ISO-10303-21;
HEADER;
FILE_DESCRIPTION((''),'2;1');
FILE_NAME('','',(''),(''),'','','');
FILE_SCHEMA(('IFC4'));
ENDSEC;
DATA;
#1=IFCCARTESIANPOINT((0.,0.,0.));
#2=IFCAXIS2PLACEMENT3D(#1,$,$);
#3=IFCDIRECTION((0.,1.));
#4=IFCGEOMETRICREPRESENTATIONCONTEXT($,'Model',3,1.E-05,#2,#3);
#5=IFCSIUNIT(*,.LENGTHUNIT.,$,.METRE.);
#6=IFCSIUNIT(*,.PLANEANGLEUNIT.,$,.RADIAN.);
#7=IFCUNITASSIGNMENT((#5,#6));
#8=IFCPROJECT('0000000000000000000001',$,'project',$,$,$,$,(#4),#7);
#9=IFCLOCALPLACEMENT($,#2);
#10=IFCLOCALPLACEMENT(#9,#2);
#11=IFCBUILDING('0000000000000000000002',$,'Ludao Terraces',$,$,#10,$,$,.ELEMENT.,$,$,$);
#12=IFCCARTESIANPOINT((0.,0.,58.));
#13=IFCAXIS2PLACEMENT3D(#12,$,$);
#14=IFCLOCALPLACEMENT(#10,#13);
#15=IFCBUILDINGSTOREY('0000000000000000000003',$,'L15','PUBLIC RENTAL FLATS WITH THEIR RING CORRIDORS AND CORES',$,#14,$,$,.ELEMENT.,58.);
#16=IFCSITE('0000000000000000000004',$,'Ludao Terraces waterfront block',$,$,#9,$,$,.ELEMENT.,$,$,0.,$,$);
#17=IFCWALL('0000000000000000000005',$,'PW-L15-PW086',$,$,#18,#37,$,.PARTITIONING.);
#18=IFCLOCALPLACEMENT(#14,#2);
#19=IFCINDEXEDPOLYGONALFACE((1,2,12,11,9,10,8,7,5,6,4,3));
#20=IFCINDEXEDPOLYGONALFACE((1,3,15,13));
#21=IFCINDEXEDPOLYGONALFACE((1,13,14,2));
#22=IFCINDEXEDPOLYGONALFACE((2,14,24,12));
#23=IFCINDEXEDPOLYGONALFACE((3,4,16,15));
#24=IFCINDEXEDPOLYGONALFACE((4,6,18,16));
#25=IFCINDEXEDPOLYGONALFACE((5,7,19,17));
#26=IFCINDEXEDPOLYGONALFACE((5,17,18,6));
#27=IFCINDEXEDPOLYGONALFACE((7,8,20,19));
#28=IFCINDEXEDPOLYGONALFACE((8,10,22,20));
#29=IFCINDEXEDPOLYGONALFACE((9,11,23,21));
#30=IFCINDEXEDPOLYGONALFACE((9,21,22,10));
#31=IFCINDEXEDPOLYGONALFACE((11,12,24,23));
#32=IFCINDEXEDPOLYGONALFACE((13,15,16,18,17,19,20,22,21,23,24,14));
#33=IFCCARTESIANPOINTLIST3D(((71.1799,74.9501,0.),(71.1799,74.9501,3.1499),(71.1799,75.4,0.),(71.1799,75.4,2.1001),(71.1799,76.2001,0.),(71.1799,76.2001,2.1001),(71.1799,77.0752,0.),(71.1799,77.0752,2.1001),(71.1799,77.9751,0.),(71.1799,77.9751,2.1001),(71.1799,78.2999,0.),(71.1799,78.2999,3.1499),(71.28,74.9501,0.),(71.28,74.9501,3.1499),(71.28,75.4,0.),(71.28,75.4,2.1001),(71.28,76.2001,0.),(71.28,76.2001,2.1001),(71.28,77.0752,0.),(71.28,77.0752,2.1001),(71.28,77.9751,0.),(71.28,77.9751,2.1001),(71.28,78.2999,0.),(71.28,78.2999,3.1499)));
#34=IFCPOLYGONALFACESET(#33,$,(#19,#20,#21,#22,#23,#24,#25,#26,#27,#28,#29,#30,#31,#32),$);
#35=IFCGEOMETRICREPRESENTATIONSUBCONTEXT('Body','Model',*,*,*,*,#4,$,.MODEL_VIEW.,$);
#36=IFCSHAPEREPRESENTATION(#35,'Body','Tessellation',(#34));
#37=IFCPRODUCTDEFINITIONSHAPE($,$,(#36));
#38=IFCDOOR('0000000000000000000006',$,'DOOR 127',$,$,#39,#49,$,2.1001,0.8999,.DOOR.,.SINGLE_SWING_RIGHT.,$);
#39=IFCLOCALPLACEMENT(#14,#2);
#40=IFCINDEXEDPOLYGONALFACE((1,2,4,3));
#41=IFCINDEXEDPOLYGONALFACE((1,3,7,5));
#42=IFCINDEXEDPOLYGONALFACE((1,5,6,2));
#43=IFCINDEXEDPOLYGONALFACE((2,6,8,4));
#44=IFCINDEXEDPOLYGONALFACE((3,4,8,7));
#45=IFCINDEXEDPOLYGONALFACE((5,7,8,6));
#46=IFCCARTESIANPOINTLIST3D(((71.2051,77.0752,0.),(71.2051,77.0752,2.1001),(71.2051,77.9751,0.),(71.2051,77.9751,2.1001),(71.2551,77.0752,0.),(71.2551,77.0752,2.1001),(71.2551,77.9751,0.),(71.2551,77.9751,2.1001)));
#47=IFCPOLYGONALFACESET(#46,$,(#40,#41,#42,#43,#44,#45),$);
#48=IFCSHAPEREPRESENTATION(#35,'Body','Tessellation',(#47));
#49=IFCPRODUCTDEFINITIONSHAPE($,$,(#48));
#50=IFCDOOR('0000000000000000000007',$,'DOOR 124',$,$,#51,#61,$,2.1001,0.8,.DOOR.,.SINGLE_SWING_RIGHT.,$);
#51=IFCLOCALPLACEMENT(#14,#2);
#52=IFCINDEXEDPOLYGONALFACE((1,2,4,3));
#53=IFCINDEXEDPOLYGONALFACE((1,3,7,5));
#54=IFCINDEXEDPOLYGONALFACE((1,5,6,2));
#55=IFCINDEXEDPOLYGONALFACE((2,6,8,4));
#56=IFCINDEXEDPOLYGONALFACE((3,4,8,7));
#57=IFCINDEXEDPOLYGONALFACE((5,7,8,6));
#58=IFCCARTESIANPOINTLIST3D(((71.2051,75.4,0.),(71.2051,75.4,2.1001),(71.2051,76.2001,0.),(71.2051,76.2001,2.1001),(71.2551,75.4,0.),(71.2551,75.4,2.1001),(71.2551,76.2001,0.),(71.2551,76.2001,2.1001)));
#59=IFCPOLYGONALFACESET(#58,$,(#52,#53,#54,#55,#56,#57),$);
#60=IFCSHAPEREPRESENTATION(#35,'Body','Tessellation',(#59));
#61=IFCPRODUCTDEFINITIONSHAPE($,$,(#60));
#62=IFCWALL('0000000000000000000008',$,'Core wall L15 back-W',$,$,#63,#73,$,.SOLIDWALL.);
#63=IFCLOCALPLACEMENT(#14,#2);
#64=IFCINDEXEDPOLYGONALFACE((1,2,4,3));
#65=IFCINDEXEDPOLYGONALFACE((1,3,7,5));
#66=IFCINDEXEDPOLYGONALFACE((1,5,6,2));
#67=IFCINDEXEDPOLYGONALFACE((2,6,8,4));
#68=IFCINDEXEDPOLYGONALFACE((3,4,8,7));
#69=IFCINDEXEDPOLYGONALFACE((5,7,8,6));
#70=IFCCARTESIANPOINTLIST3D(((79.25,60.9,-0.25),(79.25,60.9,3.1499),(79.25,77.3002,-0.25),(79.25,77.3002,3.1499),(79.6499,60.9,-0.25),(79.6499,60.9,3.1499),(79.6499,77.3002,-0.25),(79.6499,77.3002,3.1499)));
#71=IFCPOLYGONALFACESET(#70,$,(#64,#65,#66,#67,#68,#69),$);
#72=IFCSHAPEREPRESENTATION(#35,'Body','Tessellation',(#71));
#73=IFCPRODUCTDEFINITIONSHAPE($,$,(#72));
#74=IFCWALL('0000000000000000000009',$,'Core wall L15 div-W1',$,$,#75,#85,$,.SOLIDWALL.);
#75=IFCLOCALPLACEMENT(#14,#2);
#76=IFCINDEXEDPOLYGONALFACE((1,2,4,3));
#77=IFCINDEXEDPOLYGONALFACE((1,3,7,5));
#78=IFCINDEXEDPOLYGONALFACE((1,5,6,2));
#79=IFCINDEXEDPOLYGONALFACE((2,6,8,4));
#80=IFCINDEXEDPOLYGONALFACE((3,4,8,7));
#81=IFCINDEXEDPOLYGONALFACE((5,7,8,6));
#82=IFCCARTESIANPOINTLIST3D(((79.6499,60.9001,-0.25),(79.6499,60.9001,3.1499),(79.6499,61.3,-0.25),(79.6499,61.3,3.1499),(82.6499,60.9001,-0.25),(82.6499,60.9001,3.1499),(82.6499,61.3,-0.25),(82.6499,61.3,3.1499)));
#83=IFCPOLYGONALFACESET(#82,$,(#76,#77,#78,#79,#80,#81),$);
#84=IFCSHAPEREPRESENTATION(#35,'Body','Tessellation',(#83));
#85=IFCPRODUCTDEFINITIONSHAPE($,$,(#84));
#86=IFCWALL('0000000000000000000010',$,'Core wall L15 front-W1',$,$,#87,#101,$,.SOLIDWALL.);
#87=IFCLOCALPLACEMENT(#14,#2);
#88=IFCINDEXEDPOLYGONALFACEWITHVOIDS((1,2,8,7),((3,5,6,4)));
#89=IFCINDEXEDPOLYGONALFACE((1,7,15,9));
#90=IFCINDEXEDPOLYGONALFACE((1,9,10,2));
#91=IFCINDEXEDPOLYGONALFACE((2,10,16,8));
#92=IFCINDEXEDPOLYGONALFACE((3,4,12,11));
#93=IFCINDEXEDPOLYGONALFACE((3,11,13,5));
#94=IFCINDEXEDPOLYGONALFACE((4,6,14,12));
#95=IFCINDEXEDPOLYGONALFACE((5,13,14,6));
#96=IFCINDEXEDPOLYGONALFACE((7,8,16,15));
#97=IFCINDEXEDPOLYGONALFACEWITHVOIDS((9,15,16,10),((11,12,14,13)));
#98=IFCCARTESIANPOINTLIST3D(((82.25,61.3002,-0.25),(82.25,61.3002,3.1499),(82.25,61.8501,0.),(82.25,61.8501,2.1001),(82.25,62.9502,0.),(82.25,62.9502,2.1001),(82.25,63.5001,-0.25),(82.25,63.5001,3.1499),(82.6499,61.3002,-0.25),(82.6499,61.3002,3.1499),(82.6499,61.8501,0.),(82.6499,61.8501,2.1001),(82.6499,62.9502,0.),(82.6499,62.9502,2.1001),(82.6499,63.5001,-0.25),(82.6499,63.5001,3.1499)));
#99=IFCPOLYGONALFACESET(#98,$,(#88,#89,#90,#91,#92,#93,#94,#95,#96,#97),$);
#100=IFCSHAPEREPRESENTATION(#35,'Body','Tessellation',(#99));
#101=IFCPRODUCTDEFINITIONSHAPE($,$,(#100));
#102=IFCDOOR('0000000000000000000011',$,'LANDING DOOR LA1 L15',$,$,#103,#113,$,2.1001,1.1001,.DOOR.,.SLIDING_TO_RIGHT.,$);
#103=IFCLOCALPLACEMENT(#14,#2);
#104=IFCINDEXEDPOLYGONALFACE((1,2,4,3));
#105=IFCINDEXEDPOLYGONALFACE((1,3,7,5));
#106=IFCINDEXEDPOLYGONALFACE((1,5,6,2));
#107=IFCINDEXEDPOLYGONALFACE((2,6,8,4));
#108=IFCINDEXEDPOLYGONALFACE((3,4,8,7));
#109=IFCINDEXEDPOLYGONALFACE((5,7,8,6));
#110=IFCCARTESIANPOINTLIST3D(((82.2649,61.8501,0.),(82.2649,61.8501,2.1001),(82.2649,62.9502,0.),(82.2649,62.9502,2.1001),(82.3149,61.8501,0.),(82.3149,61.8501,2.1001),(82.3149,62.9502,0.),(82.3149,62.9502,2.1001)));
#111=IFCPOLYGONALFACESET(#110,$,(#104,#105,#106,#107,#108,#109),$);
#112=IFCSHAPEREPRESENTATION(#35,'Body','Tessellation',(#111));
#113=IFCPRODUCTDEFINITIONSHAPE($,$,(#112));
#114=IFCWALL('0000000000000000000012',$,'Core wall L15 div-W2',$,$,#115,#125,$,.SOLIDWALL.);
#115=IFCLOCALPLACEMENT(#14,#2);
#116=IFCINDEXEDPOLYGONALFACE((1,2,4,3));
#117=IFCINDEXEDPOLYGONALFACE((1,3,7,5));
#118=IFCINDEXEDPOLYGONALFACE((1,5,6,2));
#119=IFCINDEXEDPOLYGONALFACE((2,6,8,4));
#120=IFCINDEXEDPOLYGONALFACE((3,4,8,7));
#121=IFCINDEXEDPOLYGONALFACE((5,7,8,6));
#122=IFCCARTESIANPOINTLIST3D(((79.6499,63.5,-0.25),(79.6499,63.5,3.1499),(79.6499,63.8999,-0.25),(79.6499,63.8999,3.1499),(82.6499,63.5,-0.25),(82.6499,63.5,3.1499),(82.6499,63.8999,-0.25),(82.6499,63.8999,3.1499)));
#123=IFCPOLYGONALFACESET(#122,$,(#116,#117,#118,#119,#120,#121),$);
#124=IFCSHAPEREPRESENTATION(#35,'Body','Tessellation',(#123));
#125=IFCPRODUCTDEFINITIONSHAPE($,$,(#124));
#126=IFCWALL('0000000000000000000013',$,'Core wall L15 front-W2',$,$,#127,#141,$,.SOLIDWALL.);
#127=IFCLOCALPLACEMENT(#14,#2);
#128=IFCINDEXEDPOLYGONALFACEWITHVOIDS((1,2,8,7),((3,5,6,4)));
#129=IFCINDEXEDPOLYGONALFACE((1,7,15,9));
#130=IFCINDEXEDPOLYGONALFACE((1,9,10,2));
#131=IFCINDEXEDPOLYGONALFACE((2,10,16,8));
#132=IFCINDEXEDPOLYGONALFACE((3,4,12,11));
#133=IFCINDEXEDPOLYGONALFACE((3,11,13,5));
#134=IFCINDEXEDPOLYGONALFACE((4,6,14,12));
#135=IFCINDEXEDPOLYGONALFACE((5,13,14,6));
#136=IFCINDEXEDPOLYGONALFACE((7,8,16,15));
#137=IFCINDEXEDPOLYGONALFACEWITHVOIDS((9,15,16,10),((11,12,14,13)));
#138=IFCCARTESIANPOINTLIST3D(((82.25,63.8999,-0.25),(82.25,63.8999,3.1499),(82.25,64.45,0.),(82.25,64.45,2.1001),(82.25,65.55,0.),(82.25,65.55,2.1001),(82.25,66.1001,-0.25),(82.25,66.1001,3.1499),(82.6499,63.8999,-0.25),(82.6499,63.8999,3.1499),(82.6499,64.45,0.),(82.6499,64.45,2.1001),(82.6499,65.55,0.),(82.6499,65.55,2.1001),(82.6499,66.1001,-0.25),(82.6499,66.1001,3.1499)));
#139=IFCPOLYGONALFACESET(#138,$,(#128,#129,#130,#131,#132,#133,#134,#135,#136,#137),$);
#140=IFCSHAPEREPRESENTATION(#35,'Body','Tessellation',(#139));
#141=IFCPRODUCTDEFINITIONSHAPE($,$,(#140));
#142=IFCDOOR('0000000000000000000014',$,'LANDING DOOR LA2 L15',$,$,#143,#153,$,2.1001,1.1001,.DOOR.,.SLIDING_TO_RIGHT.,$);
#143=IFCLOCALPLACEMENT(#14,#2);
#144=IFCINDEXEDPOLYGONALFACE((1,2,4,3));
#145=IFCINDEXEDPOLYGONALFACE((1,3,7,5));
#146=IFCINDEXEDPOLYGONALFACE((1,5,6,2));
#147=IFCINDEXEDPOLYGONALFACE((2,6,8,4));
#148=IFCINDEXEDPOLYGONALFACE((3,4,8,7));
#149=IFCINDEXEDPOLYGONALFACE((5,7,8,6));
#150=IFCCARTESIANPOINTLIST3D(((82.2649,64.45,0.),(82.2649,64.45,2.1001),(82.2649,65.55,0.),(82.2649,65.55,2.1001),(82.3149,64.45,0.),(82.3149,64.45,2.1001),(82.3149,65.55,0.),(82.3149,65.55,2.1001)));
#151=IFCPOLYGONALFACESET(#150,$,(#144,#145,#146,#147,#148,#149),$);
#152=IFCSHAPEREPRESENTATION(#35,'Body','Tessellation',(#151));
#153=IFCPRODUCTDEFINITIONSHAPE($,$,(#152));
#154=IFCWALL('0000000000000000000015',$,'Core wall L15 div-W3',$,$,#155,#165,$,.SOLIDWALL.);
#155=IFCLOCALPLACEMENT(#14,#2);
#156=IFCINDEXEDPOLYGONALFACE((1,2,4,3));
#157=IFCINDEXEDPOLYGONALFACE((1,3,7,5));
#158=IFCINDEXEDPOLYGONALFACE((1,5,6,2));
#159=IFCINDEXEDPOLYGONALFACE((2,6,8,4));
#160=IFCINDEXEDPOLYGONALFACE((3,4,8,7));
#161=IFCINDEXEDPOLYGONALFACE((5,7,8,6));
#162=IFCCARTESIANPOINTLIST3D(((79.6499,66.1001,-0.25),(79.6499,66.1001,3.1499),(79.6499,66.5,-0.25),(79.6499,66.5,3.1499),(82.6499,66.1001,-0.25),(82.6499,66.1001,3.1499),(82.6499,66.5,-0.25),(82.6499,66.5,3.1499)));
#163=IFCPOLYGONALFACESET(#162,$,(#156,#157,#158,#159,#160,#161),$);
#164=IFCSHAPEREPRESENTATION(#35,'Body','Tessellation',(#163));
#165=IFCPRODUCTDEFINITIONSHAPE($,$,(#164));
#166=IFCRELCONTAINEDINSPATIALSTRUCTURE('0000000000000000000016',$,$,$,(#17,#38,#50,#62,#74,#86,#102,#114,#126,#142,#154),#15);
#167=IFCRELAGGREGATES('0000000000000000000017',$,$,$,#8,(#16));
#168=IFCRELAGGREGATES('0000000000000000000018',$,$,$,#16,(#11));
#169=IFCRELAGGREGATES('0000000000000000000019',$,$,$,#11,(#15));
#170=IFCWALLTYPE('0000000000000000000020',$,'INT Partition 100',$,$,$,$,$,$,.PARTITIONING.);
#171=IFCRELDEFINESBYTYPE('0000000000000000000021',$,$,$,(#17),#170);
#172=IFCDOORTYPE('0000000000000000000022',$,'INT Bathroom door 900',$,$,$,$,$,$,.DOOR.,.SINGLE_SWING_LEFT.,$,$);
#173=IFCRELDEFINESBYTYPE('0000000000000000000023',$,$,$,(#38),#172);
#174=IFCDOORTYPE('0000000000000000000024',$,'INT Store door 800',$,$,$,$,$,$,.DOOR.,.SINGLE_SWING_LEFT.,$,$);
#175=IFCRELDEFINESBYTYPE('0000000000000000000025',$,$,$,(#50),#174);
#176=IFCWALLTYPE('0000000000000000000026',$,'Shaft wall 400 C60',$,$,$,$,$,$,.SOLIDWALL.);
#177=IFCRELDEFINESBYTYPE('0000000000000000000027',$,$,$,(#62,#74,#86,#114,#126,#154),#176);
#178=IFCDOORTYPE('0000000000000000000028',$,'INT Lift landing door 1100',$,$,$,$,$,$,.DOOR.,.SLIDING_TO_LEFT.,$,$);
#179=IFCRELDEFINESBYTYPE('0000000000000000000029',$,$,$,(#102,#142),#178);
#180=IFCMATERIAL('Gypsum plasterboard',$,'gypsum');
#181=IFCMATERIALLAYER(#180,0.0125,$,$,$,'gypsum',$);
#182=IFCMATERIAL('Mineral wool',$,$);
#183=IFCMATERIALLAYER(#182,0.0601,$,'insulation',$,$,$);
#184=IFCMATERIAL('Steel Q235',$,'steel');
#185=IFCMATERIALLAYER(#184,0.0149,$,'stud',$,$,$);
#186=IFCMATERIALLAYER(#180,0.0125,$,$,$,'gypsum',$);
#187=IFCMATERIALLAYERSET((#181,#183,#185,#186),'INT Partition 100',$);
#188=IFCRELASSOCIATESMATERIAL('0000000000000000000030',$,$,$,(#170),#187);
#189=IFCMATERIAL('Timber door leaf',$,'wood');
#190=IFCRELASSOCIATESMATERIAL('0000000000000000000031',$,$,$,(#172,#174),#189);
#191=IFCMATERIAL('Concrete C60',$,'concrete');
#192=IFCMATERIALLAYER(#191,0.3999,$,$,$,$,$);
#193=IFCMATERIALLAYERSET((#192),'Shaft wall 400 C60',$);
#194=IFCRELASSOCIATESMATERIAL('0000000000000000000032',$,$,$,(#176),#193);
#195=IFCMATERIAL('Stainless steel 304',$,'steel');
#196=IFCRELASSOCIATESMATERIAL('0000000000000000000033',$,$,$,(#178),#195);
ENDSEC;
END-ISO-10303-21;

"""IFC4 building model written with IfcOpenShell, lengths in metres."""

from ifc_helpers import new_model, si_unit, direction, frame, frame_2d, origin, place, context, subcontext, project, spatial, rectangle, extrude, material, layer, layer_set, type_object, element, fill, save


model = new_model("IFC4")

# Units and contexts
model_context = context("Model", 3, precision=1e-05, world=origin(), true_north=direction((0.0, 1.0)))
body_context = subcontext(model_context, "Body", "Model", "MODEL_VIEW")
ifc_project = project(units=[si_unit("LENGTHUNIT", "METRE"), si_unit("PLANEANGLEUNIT", "RADIAN")], contexts=[model_context])

# Site, building, storey
site_placement = place(None, origin())
site = spatial("IfcSite", under=ifc_project, at=site_placement, Name="Ludao Terraces waterfront block", CompositionType="ELEMENT", RefElevation=0.0)
building_placement = place(site_placement, origin())
building = spatial("IfcBuilding", under=site, at=building_placement, Name="Ludao Terraces", CompositionType="ELEMENT")
storey_placement = place(building_placement, frame((0.0, 0.0, 58.0)))
storey = spatial("IfcBuildingStorey", under=building, at=storey_placement, Name="L15", Description="PUBLIC RENTAL FLATS WITH THEIR RING CORRIDORS AND CORES", CompositionType="ELEMENT", Elevation=58.0)

# Shared definitions
ifc_material_1 = material(Name="Steel Q235", Category="steel")

# Shared definitions
ifc_material_2 = material(Name="Mineral wool")
ifc_material_3 = material(Name="Gypsum plasterboard", Category="gypsum")
ifc_layer_1 = layer(ifc_material_3, 0.0125, Category="gypsum")
ifc_layer_2 = layer(ifc_material_2, 0.0601, Name="insulation")
ifc_layer_3 = layer(ifc_material_1, 0.0149, Name="stud")
ifc_layer_4 = layer(ifc_material_3, 0.0125, Category="gypsum")
ifc_layer_set_1 = layer_set([ifc_layer_1, ifc_layer_2, ifc_layer_3, ifc_layer_4], Name="INT Partition 100")
wall_type_1 = type_object("IfcWallType", Name="INT Partition 100", PredefinedType="PARTITIONING", material=ifc_layer_set_1)

# Wall, openings, doors
wall_1_placement = place(storey_placement, frame((71.23, 74.9502, 0.0), z_axis=(0.0, 0.0, 1.0), x_axis=(0.0, 1.0, 0.0)))
wall_1 = element("IfcWall", 1, at=wall_1_placement, inside=storey, type_object=wall_type_1, Name="PW-L15-PW086", PredefinedType="PARTITIONING", context=body_context, shape_type="SweptSolid", body=[
    extrude(rectangle(XDim=3.3499, YDim=0.1001, at=frame_2d((1.6748, 0.0))), origin(), (0.0, 0.0, 1.0), 3.1499),
])
opening_1_placement = place(wall_1_placement, frame((0.45, 0.0, 0.0)))
opening_1 = element("IfcOpeningElement", 2, at=opening_1_placement, cuts=wall_1, PredefinedType="OPENING", context=body_context, shape_type="SweptSolid", body=[
    extrude(rectangle(XDim=0.8, YDim=2.1001, at=frame_2d((0.3999, 1.05))), frame((0.0, 0.0601, 0.0), z_axis=(0.0, -1.0, 0.0), x_axis=(1.0, 0.0, 0.0)), (0.0, 0.0, 1.0), 0.1201),
])
opening_2_placement = place(wall_1_placement, frame((2.125, 0.0, 0.0)))
opening_2 = element("IfcOpeningElement", 3, at=opening_2_placement, cuts=wall_1, PredefinedType="OPENING", context=body_context, shape_type="SweptSolid", body=[
    extrude(rectangle(XDim=0.8999, YDim=2.1001, at=frame_2d((0.45, 1.05))), frame((0.0, 0.0601, 0.0), z_axis=(0.0, -1.0, 0.0), x_axis=(1.0, 0.0, 0.0)), (0.0, 0.0, 1.0), 0.1201),
])
ifc_material_4 = material(Name="Timber door leaf", Category="wood")
door_type_1 = type_object("IfcDoorType", Name="INT Bathroom door 900", OperationType="SINGLE_SWING_LEFT", PredefinedType="DOOR", material=ifc_material_4)
door_1_placement = place(opening_2_placement, origin())
door_1 = element("IfcDoor", 4, at=door_1_placement, inside=storey, type_object=door_type_1, Name="DOOR 127", OperationType="SINGLE_SWING_RIGHT", OverallHeight=2.1001, OverallWidth=0.8999, PredefinedType="DOOR", context=body_context, shape_type="SweptSolid", body=[
    extrude(rectangle(XDim=0.8999, YDim=2.1001, at=frame_2d((0.45, 1.05))), frame((0.0, 0.0249, 0.0), z_axis=(0.0, -1.0, 0.0), x_axis=(1.0, 0.0, 0.0)), (0.0, 0.0, 1.0), 0.05),
])
fill(opening_2, door_1)
door_type_2 = type_object("IfcDoorType", Name="INT Store door 800", OperationType="SINGLE_SWING_LEFT", PredefinedType="DOOR", material=ifc_material_4)
door_2_placement = place(opening_1_placement, origin())
door_2 = element("IfcDoor", 5, at=door_2_placement, inside=storey, type_object=door_type_2, Name="DOOR 124", OperationType="SINGLE_SWING_RIGHT", OverallHeight=2.1001, OverallWidth=0.8, PredefinedType="DOOR", context=body_context, shape_type="SweptSolid", body=[
    extrude(rectangle(XDim=0.8, YDim=2.1001, at=frame_2d((0.3999, 1.05))), frame((0.0, 0.0249, 0.0), z_axis=(0.0, -1.0, 0.0), x_axis=(1.0, 0.0, 0.0)), (0.0, 0.0, 1.0), 0.05),
])
fill(opening_1, door_2)

# Walls
ifc_material_5 = material(Name="Concrete C60", Category="concrete")
ifc_layer_5 = layer(ifc_material_5, 0.3999)
ifc_layer_set_2 = layer_set([ifc_layer_5], Name="Shaft wall 400 C60")
wall_type_2 = type_object("IfcWallType", Name="Shaft wall 400 C60", PredefinedType="SOLIDWALL", material=ifc_layer_set_2)
wall_2_placement = place(storey_placement, frame((79.45, 60.8999, -0.25), z_axis=(0.0, 0.0, 1.0), x_axis=(0.0, 1.0, 0.0)))
element("IfcWall", 6, at=wall_2_placement, inside=storey, type_object=wall_type_2, Name="Core wall L15 back-W", PredefinedType="SOLIDWALL", context=body_context, shape_type="SweptSolid", body=[
    extrude(rectangle(XDim=16.4001, YDim=0.3999, at=frame_2d((8.2002, 0.0))), origin(), (0.0, 0.0, 1.0), 3.3999),
])
wall_3_placement = place(storey_placement, frame((79.6499, 61.1001, -0.25), z_axis=(0.0, 0.0, 1.0), x_axis=(1.0, 0.0, 0.0)))
element("IfcWall", 7, at=wall_3_placement, inside=storey, type_object=wall_type_2, Name="Core wall L15 div-W1", PredefinedType="SOLIDWALL", context=body_context, shape_type="SweptSolid", body=[
    extrude(rectangle(XDim=3.0, YDim=0.3999, at=frame_2d((1.5, 0.0))), origin(), (0.0, 0.0, 1.0), 3.3999),
])

# Wall, opening, door
wall_4_placement = place(storey_placement, frame((82.45, 61.3, -0.25), z_axis=(0.0, 0.0, 1.0), x_axis=(0.0, 1.0, 0.0)))
wall_4 = element("IfcWall", 8, at=wall_4_placement, inside=storey, type_object=wall_type_2, Name="Core wall L15 front-W1", PredefinedType="SOLIDWALL", context=body_context, shape_type="SweptSolid", body=[
    extrude(rectangle(XDim=2.2, YDim=0.3999, at=frame_2d((1.1001, 0.0))), origin(), (0.0, 0.0, 1.0), 3.3999),
])
opening_3_placement = place(wall_4_placement, frame((0.55, 0.0, 0.25)))
opening_3 = element("IfcOpeningElement", 9, at=opening_3_placement, cuts=wall_4, PredefinedType="OPENING", context=body_context, shape_type="SweptSolid", body=[
    extrude(rectangle(XDim=1.1001, YDim=2.1001, at=frame_2d((0.55, 1.05))), frame((0.0, 0.21, 0.0), z_axis=(0.0, -1.0, 0.0), x_axis=(1.0, 0.0, 0.0)), (0.0, 0.0, 1.0), 0.4199),
])
ifc_material_6 = material(Name="Stainless steel 304", Category="steel")
door_type_3 = type_object("IfcDoorType", Name="INT Lift landing door 1100", OperationType="SLIDING_TO_LEFT", PredefinedType="DOOR", material=ifc_material_6)
door_3_placement = place(opening_3_placement, origin())
door_3 = element("IfcDoor", 10, at=door_3_placement, inside=storey, type_object=door_type_3, Name="LANDING DOOR LA1 L15", OperationType="SLIDING_TO_RIGHT", OverallHeight=2.1001, OverallWidth=1.1001, PredefinedType="DOOR", context=body_context, shape_type="SweptSolid", body=[
    extrude(rectangle(XDim=1.1001, YDim=2.1001, at=frame_2d((0.55, 1.05))), frame((0.0, 0.1851, 0.0), z_axis=(0.0, -1.0, 0.0), x_axis=(1.0, 0.0, 0.0)), (0.0, 0.0, 1.0), 0.05),
])
fill(opening_3, door_3)

# Wall
wall_5_placement = place(storey_placement, frame((79.6499, 63.7, -0.25), z_axis=(0.0, 0.0, 1.0), x_axis=(1.0, 0.0, 0.0)))
element("IfcWall", 11, at=wall_5_placement, inside=storey, type_object=wall_type_2, Name="Core wall L15 div-W2", PredefinedType="SOLIDWALL", context=body_context, shape_type="SweptSolid", body=[
    extrude(rectangle(XDim=3.0, YDim=0.3999, at=frame_2d((1.5, 0.0))), origin(), (0.0, 0.0, 1.0), 3.3999),
])

# Wall, opening, door
wall_6_placement = place(storey_placement, frame((82.45, 63.8999, -0.25), z_axis=(0.0, 0.0, 1.0), x_axis=(0.0, 1.0, 0.0)))
wall_6 = element("IfcWall", 12, at=wall_6_placement, inside=storey, type_object=wall_type_2, Name="Core wall L15 front-W2", PredefinedType="SOLIDWALL", context=body_context, shape_type="SweptSolid", body=[
    extrude(rectangle(XDim=2.2002, YDim=0.3999, at=frame_2d((1.1001, 0.0))), origin(), (0.0, 0.0, 1.0), 3.3999),
])
opening_4_placement = place(wall_6_placement, frame((0.55, 0.0, 0.25)))
opening_4 = element("IfcOpeningElement", 13, at=opening_4_placement, cuts=wall_6, PredefinedType="OPENING", context=body_context, shape_type="SweptSolid", body=[
    extrude(rectangle(XDim=1.1001, YDim=2.1001, at=frame_2d((0.55, 1.05))), frame((0.0, 0.21, 0.0), z_axis=(0.0, -1.0, 0.0), x_axis=(1.0, 0.0, 0.0)), (0.0, 0.0, 1.0), 0.4199),
])
door_4_placement = place(opening_4_placement, origin())
door_4 = element("IfcDoor", 14, at=door_4_placement, inside=storey, type_object=door_type_3, Name="LANDING DOOR LA2 L15", OperationType="SLIDING_TO_RIGHT", OverallHeight=2.1001, OverallWidth=1.1001, PredefinedType="DOOR", context=body_context, shape_type="SweptSolid", body=[
    extrude(rectangle(XDim=1.1001, YDim=2.1001, at=frame_2d((0.55, 1.05))), frame((0.0, 0.1851, 0.0), z_axis=(0.0, -1.0, 0.0), x_axis=(1.0, 0.0, 0.0)), (0.0, 0.0, 1.0), 0.05),
])
fill(opening_4, door_4)

# Wall
for number, where, z_axis, x_axis, name in (
    (15, (79.6499, 66.3, -0.25), (0.0, 0.0, 1.0), (1.0, 0.0, 0.0), "Core wall L15 div-W3"),
):
    element("IfcWall", number, at=place(storey_placement, frame(where, z_axis=z_axis, x_axis=x_axis)), inside=storey, type_object=wall_type_2, Name=name, PredefinedType="SOLIDWALL", context=body_context, shape_type="SweptSolid", body=[
        extrude(rectangle(XDim=3.0, YDim=0.3999, at=frame_2d((1.5, 0.0))), origin(), (0.0, 0.0, 1.0), 3.3999),
    ])

save(model, "model.ifc")
